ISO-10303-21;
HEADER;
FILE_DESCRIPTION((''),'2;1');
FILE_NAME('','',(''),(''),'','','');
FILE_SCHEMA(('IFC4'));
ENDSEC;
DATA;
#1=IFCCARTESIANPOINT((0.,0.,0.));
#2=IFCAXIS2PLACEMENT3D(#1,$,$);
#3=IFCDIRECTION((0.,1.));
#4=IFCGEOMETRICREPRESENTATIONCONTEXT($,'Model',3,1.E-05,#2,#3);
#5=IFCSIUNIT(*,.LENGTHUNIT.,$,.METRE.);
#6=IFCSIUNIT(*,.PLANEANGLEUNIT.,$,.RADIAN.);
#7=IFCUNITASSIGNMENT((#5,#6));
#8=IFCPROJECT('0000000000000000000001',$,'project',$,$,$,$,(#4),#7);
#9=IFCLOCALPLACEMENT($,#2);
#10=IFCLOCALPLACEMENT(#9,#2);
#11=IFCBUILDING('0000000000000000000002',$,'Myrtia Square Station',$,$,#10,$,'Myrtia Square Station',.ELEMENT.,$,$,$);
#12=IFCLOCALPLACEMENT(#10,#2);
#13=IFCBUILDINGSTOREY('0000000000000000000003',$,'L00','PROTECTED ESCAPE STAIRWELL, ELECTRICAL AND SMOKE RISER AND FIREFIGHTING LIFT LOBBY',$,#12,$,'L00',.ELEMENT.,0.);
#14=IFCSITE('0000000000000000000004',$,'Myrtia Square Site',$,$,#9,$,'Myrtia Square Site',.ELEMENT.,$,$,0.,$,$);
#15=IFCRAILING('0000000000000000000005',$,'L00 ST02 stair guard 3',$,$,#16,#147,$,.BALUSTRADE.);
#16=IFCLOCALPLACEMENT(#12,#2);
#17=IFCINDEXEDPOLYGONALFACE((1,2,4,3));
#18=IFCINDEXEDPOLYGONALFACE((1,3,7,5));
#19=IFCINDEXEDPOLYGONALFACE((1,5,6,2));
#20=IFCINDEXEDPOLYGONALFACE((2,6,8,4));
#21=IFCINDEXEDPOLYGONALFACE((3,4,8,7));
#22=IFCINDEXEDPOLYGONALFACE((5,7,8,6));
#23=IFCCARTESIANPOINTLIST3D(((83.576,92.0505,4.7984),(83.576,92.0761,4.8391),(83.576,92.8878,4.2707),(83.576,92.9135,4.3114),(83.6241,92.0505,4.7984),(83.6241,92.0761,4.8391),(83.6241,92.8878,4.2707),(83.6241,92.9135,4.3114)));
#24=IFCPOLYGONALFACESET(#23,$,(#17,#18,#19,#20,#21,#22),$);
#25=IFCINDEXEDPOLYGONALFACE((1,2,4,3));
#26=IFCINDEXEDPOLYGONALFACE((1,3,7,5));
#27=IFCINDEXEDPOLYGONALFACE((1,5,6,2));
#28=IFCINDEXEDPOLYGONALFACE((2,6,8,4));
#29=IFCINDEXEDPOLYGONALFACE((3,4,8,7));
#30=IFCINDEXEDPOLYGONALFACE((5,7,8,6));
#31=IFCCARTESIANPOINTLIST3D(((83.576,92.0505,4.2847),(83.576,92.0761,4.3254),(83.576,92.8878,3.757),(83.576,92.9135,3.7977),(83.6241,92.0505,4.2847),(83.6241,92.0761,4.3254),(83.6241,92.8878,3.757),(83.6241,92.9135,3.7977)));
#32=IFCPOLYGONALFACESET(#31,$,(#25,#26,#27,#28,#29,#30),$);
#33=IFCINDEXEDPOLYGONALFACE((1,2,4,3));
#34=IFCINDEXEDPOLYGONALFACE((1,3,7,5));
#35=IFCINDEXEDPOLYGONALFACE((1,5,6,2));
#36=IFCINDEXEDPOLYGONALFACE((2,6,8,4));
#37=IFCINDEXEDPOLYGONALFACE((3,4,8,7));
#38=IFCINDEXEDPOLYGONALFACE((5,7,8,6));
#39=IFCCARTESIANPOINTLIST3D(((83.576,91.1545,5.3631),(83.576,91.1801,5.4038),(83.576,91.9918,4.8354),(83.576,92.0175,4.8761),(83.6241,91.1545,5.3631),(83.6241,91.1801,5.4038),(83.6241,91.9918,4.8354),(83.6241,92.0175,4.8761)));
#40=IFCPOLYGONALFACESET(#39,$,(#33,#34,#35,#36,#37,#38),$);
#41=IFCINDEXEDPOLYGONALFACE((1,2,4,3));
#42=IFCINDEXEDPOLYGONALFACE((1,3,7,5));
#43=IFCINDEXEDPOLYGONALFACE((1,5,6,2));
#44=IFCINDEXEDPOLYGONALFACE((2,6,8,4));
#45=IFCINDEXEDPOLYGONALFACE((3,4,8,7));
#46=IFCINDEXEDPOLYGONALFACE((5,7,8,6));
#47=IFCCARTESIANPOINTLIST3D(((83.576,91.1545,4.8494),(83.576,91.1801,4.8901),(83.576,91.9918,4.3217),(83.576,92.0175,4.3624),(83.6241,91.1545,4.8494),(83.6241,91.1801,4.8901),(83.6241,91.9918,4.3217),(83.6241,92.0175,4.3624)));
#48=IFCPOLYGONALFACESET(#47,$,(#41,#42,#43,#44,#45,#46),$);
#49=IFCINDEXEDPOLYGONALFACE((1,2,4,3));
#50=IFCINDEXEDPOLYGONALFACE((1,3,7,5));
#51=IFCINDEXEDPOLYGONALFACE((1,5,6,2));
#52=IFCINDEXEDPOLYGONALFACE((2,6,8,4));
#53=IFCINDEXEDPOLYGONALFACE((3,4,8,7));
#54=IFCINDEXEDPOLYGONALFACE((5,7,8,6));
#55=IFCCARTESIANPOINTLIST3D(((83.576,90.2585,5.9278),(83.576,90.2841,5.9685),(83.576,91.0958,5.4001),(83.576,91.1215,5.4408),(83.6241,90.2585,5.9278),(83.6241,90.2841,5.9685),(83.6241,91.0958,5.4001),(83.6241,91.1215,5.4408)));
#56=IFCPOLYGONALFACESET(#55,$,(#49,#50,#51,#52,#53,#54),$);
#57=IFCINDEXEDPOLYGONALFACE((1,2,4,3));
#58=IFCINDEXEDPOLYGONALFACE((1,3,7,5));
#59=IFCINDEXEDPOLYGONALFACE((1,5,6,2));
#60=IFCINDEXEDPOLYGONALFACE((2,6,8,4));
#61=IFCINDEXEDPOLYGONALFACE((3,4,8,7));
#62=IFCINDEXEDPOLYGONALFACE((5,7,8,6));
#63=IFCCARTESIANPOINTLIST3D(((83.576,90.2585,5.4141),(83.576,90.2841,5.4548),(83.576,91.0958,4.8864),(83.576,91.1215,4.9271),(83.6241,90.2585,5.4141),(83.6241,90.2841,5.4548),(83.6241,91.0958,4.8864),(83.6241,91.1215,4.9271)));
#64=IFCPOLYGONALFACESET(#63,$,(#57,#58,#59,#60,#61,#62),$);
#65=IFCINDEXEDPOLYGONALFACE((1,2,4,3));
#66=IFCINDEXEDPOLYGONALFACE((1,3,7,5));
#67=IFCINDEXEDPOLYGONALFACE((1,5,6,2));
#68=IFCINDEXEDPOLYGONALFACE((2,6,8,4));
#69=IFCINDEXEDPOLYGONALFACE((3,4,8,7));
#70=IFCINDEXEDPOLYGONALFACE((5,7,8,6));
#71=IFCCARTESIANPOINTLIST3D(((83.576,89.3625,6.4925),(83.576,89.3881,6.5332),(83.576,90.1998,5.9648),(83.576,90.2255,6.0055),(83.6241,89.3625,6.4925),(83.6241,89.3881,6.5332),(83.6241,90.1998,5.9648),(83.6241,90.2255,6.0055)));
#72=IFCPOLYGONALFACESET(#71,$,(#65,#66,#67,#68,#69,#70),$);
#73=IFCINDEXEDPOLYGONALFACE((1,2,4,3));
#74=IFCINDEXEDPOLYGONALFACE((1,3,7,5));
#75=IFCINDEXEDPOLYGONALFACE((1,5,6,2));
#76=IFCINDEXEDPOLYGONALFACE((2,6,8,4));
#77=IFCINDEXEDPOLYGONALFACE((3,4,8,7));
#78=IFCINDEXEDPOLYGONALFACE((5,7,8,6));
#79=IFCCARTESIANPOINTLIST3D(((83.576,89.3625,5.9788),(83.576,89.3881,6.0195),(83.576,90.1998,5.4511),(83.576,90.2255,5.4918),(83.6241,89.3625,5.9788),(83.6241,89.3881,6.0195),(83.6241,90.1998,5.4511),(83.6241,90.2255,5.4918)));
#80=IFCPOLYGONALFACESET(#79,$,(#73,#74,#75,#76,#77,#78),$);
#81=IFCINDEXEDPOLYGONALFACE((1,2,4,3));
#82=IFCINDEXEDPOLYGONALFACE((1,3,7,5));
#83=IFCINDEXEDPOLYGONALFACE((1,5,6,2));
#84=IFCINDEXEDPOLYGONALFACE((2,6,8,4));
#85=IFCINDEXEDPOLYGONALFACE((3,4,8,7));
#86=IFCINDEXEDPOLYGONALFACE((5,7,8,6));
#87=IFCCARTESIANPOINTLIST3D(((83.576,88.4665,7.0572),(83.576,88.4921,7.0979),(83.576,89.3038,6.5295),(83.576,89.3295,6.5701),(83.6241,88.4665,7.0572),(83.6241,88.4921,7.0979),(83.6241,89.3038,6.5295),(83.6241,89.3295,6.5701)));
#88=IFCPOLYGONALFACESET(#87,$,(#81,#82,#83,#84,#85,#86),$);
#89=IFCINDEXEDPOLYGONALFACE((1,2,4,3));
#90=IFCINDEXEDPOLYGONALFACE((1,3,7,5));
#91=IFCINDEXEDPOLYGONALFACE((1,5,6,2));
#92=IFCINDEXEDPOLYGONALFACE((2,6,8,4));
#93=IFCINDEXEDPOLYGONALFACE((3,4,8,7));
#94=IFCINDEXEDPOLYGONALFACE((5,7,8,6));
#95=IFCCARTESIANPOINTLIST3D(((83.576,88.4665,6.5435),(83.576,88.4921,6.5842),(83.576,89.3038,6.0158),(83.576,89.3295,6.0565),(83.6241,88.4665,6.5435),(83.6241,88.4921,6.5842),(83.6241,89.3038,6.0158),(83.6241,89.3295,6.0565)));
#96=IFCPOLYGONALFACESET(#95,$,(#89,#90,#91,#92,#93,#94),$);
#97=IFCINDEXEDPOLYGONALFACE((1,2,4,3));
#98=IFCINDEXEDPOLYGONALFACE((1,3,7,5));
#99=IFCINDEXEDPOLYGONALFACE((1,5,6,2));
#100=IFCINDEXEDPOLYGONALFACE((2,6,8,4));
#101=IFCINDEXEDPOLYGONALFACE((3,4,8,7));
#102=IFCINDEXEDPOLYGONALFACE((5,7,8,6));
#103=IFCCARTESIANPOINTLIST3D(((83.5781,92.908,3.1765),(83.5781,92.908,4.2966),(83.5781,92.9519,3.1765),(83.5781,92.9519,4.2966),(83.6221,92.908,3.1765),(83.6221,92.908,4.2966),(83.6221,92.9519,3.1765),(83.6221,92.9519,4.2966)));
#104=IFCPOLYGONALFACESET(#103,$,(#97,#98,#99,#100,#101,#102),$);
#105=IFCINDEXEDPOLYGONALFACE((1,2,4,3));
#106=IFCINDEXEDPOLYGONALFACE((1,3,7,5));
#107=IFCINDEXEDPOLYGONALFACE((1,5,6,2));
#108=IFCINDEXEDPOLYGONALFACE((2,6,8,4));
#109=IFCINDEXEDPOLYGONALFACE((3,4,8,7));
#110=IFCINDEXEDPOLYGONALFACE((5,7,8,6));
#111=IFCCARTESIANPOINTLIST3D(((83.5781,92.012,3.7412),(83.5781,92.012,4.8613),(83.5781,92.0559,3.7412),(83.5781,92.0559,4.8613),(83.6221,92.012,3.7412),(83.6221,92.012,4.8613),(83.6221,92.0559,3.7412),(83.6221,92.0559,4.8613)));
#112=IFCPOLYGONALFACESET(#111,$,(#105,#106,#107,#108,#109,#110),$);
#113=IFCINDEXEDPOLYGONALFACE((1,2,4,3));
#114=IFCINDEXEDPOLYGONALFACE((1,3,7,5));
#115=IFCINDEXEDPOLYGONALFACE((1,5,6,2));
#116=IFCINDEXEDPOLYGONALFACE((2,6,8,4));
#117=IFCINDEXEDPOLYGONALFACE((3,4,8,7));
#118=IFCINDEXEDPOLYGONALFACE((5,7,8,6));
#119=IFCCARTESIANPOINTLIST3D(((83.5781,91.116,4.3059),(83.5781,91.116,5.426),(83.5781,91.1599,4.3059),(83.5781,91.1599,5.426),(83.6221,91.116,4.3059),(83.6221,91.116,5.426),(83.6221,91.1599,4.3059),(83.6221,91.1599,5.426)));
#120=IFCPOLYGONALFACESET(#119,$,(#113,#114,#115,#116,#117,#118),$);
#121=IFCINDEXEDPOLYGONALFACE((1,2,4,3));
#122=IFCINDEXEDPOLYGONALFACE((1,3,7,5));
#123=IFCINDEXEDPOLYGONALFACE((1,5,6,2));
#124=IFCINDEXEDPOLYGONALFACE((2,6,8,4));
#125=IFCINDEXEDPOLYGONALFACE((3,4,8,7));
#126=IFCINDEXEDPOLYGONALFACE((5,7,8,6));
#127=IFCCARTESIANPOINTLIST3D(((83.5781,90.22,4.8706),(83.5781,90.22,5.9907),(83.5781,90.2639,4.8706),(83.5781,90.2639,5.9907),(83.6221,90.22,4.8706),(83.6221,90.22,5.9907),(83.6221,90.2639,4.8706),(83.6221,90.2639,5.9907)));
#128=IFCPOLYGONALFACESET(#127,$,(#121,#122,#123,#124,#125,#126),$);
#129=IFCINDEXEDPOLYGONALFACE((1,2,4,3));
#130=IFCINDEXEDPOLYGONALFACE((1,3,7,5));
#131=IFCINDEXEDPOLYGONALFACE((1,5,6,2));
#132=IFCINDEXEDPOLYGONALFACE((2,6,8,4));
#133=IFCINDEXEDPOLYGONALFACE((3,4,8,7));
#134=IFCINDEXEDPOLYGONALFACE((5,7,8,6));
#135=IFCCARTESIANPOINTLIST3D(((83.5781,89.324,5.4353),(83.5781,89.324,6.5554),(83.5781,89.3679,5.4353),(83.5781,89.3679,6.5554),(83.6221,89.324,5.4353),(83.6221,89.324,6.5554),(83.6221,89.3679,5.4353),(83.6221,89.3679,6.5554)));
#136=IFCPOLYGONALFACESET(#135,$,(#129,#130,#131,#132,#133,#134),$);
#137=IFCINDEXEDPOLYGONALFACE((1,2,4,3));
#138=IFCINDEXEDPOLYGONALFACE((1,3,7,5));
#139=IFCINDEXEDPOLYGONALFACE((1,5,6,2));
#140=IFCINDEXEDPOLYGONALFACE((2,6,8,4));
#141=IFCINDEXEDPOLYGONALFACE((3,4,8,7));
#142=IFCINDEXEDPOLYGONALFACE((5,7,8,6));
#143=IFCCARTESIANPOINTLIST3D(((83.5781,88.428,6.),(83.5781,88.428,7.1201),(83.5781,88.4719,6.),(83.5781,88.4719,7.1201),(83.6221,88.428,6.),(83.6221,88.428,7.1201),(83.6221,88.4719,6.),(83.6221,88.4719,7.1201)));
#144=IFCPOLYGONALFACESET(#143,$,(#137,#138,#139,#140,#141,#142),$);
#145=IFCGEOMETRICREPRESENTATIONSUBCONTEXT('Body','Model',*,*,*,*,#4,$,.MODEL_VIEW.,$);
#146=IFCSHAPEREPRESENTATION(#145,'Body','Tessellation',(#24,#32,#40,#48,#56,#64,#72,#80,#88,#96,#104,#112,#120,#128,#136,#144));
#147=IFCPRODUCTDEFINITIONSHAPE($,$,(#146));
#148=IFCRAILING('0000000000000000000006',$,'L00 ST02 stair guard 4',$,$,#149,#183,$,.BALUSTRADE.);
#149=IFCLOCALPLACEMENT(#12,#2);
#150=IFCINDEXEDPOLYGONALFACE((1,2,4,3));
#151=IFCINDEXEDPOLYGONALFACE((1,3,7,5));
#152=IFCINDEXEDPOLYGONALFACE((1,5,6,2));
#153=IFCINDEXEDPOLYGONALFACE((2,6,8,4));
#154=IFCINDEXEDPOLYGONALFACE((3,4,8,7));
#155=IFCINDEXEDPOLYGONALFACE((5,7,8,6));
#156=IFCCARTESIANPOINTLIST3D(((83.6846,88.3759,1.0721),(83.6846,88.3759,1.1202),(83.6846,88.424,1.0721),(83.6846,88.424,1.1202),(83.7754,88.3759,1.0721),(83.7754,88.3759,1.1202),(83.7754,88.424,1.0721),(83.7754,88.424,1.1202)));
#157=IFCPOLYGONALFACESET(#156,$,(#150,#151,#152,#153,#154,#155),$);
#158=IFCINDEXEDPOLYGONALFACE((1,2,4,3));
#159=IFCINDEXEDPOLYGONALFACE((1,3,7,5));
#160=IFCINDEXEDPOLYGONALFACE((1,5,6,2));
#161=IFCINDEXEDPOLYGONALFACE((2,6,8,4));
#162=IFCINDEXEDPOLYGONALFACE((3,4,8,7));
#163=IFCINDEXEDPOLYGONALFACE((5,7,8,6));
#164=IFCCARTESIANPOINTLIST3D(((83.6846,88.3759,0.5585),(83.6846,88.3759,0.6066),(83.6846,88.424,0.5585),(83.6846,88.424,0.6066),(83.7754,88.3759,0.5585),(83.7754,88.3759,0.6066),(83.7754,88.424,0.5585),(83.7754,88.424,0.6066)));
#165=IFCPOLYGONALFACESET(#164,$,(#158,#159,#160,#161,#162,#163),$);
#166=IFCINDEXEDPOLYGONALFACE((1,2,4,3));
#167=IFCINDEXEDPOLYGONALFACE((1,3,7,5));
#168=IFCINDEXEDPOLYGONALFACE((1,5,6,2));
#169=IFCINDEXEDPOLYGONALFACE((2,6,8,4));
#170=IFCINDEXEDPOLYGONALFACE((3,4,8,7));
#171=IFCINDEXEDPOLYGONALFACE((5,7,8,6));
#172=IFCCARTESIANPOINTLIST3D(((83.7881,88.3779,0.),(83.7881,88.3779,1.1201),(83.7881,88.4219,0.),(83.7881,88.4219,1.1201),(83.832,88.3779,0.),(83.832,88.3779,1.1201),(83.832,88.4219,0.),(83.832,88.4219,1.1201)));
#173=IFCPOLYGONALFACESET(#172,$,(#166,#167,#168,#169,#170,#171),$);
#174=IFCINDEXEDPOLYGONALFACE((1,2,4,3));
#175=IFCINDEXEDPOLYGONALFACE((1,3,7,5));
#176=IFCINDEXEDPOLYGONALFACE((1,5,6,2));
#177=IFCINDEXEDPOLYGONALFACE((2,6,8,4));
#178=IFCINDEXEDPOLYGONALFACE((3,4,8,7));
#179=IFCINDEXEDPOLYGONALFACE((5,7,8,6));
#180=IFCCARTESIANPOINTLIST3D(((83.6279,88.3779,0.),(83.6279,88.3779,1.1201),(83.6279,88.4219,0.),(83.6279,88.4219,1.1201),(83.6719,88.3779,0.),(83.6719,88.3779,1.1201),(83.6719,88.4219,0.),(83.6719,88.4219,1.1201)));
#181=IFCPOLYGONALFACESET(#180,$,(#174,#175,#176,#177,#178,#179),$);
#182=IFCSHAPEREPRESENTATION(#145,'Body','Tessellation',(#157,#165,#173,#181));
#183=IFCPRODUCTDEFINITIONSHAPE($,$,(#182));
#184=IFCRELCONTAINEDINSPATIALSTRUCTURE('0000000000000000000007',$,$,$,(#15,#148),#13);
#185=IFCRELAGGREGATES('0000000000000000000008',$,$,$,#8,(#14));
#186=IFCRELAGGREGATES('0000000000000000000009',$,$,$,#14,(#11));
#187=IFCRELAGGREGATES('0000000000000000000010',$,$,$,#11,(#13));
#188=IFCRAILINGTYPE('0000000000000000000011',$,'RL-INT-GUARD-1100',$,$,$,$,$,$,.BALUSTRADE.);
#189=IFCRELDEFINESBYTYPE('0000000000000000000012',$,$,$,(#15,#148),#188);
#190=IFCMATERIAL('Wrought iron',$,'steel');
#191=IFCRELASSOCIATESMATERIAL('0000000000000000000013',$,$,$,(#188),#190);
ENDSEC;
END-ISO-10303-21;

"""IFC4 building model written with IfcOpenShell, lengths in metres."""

from ifc_helpers import new_model, si_unit, direction, frame, origin, origin_2d, place, context, subcontext, project, spatial, rectangle, extrude, material, type_object, element, save


model = new_model("IFC4")

# Units and contexts
model_context = context("Model", 3, precision=1e-05, world=origin(), true_north=direction((0.0, 1.0)))
body_context = subcontext(model_context, "Body", "Model", "MODEL_VIEW")
ifc_project = project(units=[si_unit("LENGTHUNIT", "METRE"), si_unit("PLANEANGLEUNIT", "RADIAN")], contexts=[model_context])

# Site, building, storey
site_placement = place(None, origin())
site = spatial("IfcSite", under=ifc_project, at=site_placement, Name="Myrtia Square Site", LongName="Myrtia Square Site", CompositionType="ELEMENT", RefElevation=0.0)
building_placement = place(site_placement, origin())
building = spatial("IfcBuilding", under=site, at=building_placement, Name="Myrtia Square Station", LongName="Myrtia Square Station", CompositionType="ELEMENT")
storey_placement = place(building_placement, origin())
storey = spatial("IfcBuildingStorey", under=building, at=storey_placement, Name="L00", Description="PROTECTED ESCAPE STAIRWELL, ELECTRICAL AND SMOKE RISER AND FIREFIGHTING LIFT LOBBY", LongName="L00", CompositionType="ELEMENT", Elevation=0.0)

# Railings
ifc_material_1 = material(Name="Wrought iron", Category="steel")
railing_type_1 = type_object("IfcRailingType", Name="RL-INT-GUARD-1100", PredefinedType="BALUSTRADE", material=ifc_material_1)
railing_1_placement = place(storey_placement, frame((83.6001, 92.9299, 3.1765)))
element("IfcRailing", 1, at=railing_1_placement, inside=storey, type_object=railing_type_1, Name="L00 ST02 stair guard 3", PredefinedType="BALUSTRADE", context=body_context, shape_type="SweptSolid", body=[
    extrude(rectangle(XDim=0.0481, YDim=0.0481, at=origin_2d()), frame((0.0, -0.0293, 1.1145), z_axis=(0.0, -0.845998, 0.533186), x_axis=(1.0, 0.0, 0.0)), (0.0, 0.0, 1.0), 0.9897),
    extrude(rectangle(XDim=0.0481, YDim=0.0481, at=origin_2d()), frame((0.0, -0.0293, 0.6008), z_axis=(0.0, -0.845998, 0.533186), x_axis=(1.0, 0.0, 0.0)), (0.0, 0.0, 1.0), 0.9897),
    extrude(rectangle(XDim=0.0481, YDim=0.0481, at=origin_2d()), frame((0.0, -0.9253, 1.6792), z_axis=(0.0, -0.845998, 0.533186), x_axis=(1.0, 0.0, 0.0)), (0.0, 0.0, 1.0), 0.9897),
    extrude(rectangle(XDim=0.0481, YDim=0.0481, at=origin_2d()), frame((0.0, -0.9253, 1.1655), z_axis=(0.0, -0.845998, 0.533186), x_axis=(1.0, 0.0, 0.0)), (0.0, 0.0, 1.0), 0.9897),
    extrude(rectangle(XDim=0.0481, YDim=0.0481, at=origin_2d()), frame((0.0, -1.8213, 2.2439), z_axis=(0.0, -0.845998, 0.533186), x_axis=(1.0, 0.0, 0.0)), (0.0, 0.0, 1.0), 0.9897),
    extrude(rectangle(XDim=0.0481, YDim=0.0481, at=origin_2d()), frame((0.0, -1.8213, 1.7302), z_axis=(0.0, -0.845998, 0.533186), x_axis=(1.0, 0.0, 0.0)), (0.0, 0.0, 1.0), 0.9897),
    extrude(rectangle(XDim=0.0481, YDim=0.0481, at=origin_2d()), frame((0.0, -2.7173, 2.8086), z_axis=(0.0, -0.845998, 0.533186), x_axis=(1.0, 0.0, 0.0)), (0.0, 0.0, 1.0), 0.9897),
    extrude(rectangle(XDim=0.0481, YDim=0.0481, at=origin_2d()), frame((0.0, -2.7173, 2.2949), z_axis=(0.0, -0.845998, 0.533186), x_axis=(1.0, 0.0, 0.0)), (0.0, 0.0, 1.0), 0.9897),
    extrude(rectangle(XDim=0.0481, YDim=0.0481, at=origin_2d()), frame((0.0, -3.6133, 3.3733), z_axis=(0.0, -0.845998, 0.533186), x_axis=(1.0, 0.0, 0.0)), (0.0, 0.0, 1.0), 0.9897),
    extrude(rectangle(XDim=0.0481, YDim=0.0481, at=origin_2d()), frame((0.0, -3.6133, 2.8596), z_axis=(0.0, -0.845998, 0.533186), x_axis=(1.0, 0.0, 0.0)), (0.0, 0.0, 1.0), 0.9897),
    extrude(rectangle(XDim=0.0439, YDim=0.0439, at=origin_2d()), origin(), (0.0, 0.0, 1.0), 1.1201),
    extrude(rectangle(XDim=0.0439, YDim=0.0439, at=origin_2d()), frame((0.0, -0.896, 0.5647)), (0.0, 0.0, 1.0), 1.1201),
    extrude(rectangle(XDim=0.0439, YDim=0.0439, at=origin_2d()), frame((0.0, -1.792, 1.1294)), (0.0, 0.0, 1.0), 1.1201),
    extrude(rectangle(XDim=0.0439, YDim=0.0439, at=origin_2d()), frame((0.0, -2.688, 1.6941)), (0.0, 0.0, 1.0), 1.1201),
    extrude(rectangle(XDim=0.0439, YDim=0.0439, at=origin_2d()), frame((0.0, -3.584, 2.2588)), (0.0, 0.0, 1.0), 1.1201),
    extrude(rectangle(XDim=0.0439, YDim=0.0439, at=origin_2d()), frame((0.0, -4.48, 2.8235)), (0.0, 0.0, 1.0), 1.1201),
])
railing_2_placement = place(storey_placement, frame((83.8101, 88.3999, 0.0)))
element("IfcRailing", 2, at=railing_2_placement, inside=storey, type_object=railing_type_1, Name="L00 ST02 stair guard 4", PredefinedType="BALUSTRADE", context=body_context, shape_type="SweptSolid", body=[
    extrude(rectangle(XDim=0.0481, YDim=0.0481, at=origin_2d()), frame((-0.0347, 0.0, 1.0962), z_axis=(-1.0, 0.0, 0.0), x_axis=(0.0, -1.0, 0.0)), (0.0, 0.0, 1.0), 0.0908),
    extrude(rectangle(XDim=0.0481, YDim=0.0481, at=origin_2d()), frame((-0.0347, 0.0, 0.5825), z_axis=(-1.0, 0.0, 0.0), x_axis=(0.0, -1.0, 0.0)), (0.0, 0.0, 1.0), 0.0908),
    extrude(rectangle(XDim=0.0439, YDim=0.0439, at=origin_2d()), origin(), (0.0, 0.0, 1.0), 1.1201),
    extrude(rectangle(XDim=0.0439, YDim=0.0439, at=origin_2d()), frame((-0.1602, 0.0, 0.0)), (0.0, 0.0, 1.0), 1.1201),
])

save(model, "model.ifc")
